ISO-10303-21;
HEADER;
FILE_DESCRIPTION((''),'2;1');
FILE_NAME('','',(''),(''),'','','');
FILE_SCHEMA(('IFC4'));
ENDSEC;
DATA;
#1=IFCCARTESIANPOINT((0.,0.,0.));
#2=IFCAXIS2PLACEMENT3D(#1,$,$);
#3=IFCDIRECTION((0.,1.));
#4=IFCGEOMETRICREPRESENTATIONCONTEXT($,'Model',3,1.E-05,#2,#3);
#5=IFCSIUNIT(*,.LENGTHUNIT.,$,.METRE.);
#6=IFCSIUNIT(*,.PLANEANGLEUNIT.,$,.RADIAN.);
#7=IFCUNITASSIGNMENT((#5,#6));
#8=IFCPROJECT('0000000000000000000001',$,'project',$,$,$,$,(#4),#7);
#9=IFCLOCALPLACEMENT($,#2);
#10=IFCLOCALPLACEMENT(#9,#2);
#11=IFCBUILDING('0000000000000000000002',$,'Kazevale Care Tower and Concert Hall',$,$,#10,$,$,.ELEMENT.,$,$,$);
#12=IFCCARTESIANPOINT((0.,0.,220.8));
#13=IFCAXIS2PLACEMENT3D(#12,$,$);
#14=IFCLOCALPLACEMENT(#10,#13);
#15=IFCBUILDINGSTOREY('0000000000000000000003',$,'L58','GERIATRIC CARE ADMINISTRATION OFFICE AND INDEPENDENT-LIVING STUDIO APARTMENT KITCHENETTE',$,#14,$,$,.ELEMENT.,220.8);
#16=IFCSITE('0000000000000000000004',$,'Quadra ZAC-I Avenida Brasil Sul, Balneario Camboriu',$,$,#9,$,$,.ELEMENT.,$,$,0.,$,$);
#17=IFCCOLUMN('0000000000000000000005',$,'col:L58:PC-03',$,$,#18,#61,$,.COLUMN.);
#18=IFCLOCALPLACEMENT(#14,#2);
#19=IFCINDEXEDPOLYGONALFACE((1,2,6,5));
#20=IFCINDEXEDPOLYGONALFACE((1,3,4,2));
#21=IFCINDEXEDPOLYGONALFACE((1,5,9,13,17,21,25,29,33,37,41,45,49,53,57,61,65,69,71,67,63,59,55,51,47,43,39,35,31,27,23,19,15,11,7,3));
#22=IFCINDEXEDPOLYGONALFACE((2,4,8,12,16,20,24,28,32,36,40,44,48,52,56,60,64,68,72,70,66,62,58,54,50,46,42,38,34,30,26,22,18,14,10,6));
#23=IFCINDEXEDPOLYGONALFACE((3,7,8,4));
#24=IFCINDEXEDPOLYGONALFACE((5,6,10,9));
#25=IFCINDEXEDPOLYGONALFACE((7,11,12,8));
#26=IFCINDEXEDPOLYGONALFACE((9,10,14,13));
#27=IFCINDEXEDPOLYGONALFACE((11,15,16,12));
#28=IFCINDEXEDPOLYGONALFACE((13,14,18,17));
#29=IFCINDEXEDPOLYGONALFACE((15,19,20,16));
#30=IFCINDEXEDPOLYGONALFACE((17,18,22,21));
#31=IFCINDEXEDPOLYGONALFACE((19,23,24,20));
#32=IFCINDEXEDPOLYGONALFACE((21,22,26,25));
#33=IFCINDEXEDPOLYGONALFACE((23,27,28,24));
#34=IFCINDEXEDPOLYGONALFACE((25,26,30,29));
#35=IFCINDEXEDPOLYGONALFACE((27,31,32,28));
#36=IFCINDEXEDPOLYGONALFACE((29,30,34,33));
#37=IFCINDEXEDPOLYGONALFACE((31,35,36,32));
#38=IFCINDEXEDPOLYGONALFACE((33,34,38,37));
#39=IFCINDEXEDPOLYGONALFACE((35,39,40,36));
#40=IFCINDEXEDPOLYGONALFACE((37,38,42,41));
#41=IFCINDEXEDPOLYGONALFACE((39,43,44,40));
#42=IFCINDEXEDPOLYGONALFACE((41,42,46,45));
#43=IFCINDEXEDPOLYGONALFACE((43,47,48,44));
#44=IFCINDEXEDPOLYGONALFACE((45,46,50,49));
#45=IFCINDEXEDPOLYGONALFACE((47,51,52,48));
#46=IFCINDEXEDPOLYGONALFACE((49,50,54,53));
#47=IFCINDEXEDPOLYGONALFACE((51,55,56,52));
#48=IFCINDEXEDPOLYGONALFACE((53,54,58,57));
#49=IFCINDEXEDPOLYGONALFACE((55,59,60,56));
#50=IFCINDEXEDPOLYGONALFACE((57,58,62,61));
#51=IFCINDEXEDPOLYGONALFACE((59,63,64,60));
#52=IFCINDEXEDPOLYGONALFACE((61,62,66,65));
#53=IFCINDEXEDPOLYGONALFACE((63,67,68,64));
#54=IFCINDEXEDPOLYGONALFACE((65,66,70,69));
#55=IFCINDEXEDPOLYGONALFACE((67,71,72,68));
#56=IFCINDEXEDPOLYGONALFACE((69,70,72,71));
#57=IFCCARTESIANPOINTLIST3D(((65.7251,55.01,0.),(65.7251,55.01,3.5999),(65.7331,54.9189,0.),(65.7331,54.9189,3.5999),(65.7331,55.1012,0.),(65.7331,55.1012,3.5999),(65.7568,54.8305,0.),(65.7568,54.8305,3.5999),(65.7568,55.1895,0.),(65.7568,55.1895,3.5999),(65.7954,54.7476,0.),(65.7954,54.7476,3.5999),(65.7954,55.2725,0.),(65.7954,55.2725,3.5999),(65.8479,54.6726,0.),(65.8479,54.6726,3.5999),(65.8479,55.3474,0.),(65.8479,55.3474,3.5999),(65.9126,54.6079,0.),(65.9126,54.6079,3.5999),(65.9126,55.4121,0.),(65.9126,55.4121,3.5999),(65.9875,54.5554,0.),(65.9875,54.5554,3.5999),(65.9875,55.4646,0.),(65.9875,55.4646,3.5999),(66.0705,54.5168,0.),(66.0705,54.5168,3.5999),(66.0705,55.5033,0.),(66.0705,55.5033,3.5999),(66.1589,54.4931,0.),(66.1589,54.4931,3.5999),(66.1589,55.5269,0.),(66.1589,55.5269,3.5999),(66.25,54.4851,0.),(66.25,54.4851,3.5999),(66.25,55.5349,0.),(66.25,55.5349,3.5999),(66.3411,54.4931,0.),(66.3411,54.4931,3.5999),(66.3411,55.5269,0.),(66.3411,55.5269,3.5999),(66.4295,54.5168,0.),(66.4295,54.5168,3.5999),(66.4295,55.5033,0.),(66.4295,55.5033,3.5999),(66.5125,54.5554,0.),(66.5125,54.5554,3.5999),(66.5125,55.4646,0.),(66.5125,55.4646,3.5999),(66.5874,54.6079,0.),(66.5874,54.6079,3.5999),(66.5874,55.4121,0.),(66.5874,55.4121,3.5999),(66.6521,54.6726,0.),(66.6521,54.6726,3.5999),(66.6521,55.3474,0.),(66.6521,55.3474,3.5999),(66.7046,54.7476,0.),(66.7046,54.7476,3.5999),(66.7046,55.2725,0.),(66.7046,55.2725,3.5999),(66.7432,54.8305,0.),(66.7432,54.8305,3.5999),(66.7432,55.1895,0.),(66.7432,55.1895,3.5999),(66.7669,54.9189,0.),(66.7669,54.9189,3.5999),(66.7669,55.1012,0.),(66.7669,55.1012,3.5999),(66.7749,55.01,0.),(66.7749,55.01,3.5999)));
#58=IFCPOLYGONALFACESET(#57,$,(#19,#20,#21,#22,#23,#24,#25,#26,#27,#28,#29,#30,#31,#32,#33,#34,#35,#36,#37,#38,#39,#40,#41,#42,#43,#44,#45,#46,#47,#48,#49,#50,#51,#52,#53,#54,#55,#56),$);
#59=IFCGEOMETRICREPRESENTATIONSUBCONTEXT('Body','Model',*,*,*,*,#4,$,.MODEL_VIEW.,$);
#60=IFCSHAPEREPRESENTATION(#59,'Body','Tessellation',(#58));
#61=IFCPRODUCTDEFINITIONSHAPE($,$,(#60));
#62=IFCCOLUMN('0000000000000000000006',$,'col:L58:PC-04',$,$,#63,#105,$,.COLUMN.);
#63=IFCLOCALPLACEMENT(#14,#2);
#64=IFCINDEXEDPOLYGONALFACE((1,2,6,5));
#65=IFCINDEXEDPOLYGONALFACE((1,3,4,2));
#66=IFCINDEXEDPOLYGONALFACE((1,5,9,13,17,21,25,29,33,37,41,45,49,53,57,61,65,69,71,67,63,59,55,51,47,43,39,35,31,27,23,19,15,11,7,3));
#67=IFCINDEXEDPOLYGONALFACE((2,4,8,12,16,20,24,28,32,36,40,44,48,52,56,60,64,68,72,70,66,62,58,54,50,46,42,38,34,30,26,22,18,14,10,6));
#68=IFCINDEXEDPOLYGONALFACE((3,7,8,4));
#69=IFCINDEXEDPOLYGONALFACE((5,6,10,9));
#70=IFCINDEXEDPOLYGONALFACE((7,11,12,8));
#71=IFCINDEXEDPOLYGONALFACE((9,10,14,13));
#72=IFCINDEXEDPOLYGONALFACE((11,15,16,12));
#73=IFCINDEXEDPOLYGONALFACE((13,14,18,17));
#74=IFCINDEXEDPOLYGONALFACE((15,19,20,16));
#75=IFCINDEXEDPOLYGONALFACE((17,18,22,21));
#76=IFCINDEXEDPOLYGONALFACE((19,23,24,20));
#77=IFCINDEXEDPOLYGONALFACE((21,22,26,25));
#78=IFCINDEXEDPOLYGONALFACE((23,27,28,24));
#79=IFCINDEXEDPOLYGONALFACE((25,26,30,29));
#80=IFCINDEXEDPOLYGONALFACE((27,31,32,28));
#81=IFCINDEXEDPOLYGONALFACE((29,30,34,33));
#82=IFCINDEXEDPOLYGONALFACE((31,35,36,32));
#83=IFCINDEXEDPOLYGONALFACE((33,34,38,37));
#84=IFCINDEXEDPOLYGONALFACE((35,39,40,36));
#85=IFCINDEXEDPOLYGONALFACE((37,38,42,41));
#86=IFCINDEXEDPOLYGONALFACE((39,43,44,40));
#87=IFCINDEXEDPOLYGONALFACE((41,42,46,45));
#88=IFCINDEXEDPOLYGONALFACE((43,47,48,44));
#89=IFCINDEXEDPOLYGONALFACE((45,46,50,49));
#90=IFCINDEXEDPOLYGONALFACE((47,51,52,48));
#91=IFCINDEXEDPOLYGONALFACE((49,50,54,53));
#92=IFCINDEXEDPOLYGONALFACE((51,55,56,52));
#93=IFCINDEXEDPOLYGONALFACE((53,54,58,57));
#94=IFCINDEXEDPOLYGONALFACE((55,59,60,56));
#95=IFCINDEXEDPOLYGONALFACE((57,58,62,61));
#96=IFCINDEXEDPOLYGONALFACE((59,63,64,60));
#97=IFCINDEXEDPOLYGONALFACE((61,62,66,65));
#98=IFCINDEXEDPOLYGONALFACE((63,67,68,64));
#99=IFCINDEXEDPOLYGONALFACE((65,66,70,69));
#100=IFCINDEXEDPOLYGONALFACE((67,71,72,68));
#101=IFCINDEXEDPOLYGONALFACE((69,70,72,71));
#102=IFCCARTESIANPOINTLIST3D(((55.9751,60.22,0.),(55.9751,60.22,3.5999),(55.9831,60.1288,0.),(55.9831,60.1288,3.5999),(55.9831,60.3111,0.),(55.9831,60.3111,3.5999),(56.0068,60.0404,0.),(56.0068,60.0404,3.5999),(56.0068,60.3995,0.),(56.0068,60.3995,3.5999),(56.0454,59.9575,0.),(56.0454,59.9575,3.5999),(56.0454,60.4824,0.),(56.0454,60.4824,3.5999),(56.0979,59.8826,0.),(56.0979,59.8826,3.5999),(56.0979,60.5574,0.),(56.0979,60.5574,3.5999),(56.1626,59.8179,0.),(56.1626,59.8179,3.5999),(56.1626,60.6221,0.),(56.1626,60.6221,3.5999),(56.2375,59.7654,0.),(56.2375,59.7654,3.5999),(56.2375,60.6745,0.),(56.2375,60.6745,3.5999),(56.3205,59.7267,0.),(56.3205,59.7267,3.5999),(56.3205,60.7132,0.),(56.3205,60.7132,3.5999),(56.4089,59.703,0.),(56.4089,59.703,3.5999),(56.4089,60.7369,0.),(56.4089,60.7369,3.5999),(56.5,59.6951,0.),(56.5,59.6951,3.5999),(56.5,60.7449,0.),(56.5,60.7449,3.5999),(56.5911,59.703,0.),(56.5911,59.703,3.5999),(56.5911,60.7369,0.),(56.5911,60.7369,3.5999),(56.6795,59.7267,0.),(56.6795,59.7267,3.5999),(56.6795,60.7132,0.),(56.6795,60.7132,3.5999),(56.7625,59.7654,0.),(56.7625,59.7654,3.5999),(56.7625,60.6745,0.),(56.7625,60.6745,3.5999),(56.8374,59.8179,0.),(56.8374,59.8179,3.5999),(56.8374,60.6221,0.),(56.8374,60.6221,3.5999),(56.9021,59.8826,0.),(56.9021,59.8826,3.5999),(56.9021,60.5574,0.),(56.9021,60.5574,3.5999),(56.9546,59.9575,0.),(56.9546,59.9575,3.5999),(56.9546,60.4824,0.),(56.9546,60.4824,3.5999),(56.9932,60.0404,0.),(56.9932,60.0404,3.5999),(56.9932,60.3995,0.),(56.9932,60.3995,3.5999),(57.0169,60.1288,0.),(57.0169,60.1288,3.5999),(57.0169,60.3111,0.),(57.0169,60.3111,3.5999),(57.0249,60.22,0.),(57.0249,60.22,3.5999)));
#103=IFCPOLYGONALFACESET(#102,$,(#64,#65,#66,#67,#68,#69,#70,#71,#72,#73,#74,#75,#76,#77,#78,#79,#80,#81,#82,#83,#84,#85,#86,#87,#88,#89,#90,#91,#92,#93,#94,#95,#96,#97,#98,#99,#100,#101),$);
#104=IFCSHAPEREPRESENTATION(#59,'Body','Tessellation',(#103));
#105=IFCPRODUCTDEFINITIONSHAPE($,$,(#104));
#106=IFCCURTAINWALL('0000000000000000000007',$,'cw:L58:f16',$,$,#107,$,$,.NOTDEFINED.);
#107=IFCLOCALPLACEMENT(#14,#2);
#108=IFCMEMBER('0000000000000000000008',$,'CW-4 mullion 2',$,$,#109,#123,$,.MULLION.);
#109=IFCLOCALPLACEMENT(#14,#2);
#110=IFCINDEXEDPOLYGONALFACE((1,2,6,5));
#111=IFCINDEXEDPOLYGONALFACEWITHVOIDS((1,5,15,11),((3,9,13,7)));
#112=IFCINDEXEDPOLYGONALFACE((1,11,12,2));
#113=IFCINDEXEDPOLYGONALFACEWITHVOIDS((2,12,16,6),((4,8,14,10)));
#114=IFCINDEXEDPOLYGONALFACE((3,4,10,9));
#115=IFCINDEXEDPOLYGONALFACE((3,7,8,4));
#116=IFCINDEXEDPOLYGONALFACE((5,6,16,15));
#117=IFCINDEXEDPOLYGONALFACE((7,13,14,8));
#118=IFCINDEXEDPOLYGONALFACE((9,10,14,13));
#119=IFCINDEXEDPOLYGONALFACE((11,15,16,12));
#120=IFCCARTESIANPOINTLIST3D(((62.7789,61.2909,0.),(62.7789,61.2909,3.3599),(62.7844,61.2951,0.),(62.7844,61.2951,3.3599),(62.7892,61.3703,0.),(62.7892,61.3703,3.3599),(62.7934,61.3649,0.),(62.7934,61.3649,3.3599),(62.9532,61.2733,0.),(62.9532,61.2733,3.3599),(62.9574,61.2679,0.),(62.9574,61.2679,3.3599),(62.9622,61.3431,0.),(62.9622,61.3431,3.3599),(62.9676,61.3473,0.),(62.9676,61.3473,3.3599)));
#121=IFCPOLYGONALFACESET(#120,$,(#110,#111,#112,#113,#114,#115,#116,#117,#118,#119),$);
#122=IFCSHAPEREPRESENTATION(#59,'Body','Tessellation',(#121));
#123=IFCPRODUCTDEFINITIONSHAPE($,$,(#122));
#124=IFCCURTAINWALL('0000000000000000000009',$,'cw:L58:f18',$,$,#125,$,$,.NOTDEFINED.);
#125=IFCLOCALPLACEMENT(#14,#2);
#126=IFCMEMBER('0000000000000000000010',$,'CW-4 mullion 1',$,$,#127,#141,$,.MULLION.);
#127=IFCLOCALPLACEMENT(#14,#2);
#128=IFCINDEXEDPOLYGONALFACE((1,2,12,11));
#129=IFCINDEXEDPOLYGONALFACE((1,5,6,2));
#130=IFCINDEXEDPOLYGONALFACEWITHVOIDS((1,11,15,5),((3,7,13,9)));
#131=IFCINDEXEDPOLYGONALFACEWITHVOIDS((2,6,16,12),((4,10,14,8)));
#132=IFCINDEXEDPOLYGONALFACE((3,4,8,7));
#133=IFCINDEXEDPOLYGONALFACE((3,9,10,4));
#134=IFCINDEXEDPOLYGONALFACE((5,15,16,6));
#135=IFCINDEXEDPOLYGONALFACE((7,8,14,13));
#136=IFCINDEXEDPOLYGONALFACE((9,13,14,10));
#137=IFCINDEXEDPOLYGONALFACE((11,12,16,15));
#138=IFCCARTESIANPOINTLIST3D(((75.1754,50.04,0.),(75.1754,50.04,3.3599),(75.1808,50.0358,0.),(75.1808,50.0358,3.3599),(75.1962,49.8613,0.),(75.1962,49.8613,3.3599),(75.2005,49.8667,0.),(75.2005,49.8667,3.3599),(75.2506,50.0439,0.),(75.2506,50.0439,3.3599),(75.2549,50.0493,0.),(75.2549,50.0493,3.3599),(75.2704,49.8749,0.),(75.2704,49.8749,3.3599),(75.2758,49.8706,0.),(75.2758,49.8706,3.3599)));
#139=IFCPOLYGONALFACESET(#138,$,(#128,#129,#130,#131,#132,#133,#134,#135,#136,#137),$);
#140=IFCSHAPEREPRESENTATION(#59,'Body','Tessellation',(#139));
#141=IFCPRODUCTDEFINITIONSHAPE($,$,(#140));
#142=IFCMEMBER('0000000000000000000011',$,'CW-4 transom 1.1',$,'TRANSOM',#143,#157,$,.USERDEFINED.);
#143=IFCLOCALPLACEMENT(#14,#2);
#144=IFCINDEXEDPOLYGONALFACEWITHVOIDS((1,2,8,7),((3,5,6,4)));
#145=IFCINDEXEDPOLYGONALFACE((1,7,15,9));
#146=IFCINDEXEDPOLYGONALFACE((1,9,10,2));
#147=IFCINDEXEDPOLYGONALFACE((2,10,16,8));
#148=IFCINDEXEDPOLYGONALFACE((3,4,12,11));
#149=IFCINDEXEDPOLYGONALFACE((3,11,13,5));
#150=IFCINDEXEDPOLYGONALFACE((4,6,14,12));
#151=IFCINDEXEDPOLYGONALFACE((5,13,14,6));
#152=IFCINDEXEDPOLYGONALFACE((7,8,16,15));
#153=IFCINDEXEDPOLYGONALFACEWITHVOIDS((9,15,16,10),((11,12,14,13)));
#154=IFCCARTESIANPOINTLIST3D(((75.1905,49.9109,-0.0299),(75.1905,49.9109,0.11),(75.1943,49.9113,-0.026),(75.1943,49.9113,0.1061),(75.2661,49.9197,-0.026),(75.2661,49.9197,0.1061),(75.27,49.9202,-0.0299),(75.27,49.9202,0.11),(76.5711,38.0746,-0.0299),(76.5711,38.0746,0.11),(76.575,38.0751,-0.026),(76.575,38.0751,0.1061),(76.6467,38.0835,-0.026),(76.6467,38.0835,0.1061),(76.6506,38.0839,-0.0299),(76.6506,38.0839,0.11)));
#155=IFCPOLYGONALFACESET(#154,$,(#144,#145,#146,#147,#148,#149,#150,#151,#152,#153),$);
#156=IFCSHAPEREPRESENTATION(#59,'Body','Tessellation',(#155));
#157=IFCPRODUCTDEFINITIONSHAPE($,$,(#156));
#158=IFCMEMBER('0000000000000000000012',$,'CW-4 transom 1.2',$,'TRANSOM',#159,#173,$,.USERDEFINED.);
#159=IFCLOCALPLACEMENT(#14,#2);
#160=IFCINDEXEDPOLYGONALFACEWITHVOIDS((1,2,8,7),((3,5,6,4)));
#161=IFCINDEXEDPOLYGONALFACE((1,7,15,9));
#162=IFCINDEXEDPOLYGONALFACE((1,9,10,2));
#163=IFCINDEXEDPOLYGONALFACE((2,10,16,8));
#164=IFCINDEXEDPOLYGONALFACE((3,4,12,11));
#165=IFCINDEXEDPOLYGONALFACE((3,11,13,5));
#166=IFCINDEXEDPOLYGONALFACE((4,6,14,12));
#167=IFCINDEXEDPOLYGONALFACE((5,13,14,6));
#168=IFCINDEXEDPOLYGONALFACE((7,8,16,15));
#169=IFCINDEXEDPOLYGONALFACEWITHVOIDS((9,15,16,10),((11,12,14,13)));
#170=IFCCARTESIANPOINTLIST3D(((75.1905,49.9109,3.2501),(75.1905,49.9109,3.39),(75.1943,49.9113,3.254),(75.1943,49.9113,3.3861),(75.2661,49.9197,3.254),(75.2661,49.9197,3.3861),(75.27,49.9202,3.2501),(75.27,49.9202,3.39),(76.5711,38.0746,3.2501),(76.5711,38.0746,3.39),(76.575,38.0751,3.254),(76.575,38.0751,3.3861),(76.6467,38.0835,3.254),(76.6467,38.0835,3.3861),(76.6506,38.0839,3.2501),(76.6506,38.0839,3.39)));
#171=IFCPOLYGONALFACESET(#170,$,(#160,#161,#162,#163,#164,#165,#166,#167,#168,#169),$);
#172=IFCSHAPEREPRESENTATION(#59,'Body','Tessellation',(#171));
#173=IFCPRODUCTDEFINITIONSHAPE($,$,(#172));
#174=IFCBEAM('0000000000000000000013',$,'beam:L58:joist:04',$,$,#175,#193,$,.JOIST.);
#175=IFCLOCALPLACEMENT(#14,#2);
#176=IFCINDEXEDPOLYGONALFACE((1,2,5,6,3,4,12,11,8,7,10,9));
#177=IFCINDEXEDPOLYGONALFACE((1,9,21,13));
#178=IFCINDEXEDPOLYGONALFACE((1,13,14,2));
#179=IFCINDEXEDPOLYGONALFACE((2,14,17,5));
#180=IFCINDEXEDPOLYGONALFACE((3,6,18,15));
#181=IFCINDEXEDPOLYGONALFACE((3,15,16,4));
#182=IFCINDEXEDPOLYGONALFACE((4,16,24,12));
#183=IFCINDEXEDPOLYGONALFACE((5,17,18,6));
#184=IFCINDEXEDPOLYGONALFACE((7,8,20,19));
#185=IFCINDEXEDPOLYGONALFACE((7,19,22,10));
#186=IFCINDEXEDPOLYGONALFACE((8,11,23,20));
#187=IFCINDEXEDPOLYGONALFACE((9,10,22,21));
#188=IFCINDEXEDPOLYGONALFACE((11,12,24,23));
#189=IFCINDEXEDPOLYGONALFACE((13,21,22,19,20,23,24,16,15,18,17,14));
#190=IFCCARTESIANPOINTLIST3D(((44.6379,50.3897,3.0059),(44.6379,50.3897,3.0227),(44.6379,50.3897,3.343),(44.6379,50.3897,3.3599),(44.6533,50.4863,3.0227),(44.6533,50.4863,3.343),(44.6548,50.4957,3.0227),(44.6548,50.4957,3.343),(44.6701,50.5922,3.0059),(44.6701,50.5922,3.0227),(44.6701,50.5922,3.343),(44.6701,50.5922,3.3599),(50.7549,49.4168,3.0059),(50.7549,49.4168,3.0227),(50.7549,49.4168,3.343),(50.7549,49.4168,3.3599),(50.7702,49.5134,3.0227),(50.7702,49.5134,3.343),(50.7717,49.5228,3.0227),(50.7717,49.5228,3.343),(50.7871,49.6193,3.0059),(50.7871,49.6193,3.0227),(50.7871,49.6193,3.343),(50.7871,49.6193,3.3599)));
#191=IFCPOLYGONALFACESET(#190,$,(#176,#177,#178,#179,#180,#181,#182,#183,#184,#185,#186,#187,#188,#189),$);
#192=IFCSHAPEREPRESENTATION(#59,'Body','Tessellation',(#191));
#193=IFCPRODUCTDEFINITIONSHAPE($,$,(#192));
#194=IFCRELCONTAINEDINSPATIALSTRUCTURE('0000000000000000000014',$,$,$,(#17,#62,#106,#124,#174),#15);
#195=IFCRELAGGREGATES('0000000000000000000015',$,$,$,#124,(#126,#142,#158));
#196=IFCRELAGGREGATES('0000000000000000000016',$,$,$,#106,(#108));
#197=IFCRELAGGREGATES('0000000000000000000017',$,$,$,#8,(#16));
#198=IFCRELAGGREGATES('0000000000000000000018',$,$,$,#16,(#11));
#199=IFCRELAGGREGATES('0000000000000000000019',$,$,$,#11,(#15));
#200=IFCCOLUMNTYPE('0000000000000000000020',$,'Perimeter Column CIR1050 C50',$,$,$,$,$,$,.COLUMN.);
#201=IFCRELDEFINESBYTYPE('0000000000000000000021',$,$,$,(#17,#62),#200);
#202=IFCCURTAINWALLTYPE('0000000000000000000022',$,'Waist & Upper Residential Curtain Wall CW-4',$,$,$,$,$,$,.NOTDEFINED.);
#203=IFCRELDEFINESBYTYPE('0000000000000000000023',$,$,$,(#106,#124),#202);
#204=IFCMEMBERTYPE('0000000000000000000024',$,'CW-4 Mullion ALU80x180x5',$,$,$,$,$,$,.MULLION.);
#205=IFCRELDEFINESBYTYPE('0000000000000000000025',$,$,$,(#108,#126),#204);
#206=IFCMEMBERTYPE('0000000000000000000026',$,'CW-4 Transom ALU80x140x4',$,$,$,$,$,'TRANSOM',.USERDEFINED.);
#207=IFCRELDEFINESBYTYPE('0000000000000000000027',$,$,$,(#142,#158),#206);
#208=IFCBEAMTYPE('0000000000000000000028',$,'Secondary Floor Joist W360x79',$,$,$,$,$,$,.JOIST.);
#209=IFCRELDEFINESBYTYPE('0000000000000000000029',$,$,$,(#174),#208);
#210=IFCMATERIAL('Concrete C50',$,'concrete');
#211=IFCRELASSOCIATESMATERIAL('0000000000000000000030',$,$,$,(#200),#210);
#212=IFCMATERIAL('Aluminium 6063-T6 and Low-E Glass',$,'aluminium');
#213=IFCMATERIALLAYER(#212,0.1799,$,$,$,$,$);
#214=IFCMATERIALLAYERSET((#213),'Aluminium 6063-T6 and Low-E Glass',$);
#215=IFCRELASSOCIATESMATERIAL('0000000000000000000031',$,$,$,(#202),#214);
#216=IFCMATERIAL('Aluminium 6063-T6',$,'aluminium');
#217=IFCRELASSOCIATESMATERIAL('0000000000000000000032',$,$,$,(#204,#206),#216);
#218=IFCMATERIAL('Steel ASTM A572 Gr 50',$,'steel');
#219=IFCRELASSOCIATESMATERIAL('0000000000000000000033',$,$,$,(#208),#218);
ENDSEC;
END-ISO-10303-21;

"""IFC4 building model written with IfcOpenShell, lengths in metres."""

from ifc_helpers import new_model, si_unit, direction, frame, origin, origin_2d, place, context, subcontext, project, spatial, hollow_rectangle, circle, i_section, extrude, material, layer, layer_set, material_profile, profile_set, type_object, element, aggregate, save


model = new_model("IFC4")

# Units and contexts
model_context = context("Model", 3, precision=1e-05, world=origin(), true_north=direction((0.0, 1.0)))
body_context = subcontext(model_context, "Body", "Model", "MODEL_VIEW")
ifc_project = project(units=[si_unit("LENGTHUNIT", "METRE"), si_unit("PLANEANGLEUNIT", "RADIAN")], contexts=[model_context])

# Site, building, storey
site_placement = place(None, origin())
site = spatial("IfcSite", under=ifc_project, at=site_placement, Name="Quadra ZAC-I Avenida Brasil Sul, Balneario Camboriu", CompositionType="ELEMENT", RefElevation=0.0)
building_placement = place(site_placement, origin())
building = spatial("IfcBuilding", under=site, at=building_placement, Name="Kazevale Care Tower and Concert Hall", CompositionType="ELEMENT")
storey_placement = place(building_placement, frame((0.0, 0.0, 220.8)))
storey = spatial("IfcBuildingStorey", under=building, at=storey_placement, Name="L58", Description="GERIATRIC CARE ADMINISTRATION OFFICE AND INDEPENDENT-LIVING STUDIO APARTMENT KITCHENETTE", CompositionType="ELEMENT", Elevation=220.8)

# Columns
ifc_material_1 = material(Name="Concrete C50", Category="concrete")
ifc_material_profile_1 = material_profile(ifc_material_1, circle(Radius=0.5249, at=origin_2d()), Name="RC-CIR1050")
ifc_profile_set_1 = profile_set([ifc_material_profile_1], Name="Concrete C50")
column_type = type_object("IfcColumnType", Name="Perimeter Column CIR1050 C50", PredefinedType="COLUMN", material=ifc_profile_set_1)
for number, where, z_axis, x_axis, name in (
    (1, (66.25, 55.01, 0.0), (0.0, 0.0, 1.0), (1.0, 0.0, 0.0), "col:L58:PC-03"),
    (2, (56.5, 60.22, 0.0), (0.0, 0.0, 1.0), (1.0, 0.0, 0.0), "col:L58:PC-04"),
):
    element("IfcColumn", number, at=place(storey_placement, frame(where, z_axis=z_axis, x_axis=x_axis)), inside=storey, type_object=column_type, Name=name, PredefinedType="COLUMN", context=body_context, shape_type="SweptSolid", body=[
        extrude(circle(Radius=0.5249, at=origin_2d()), origin(), (0.0, 0.0, 1.0), 3.5999),
    ])

# Curtain wall, member
ifc_material_2 = material(Name="Aluminium 6063-T6 and Low-E Glass", Category="aluminium")
ifc_layer_1 = layer(ifc_material_2, 0.1799)
ifc_layer_set_1 = layer_set([ifc_layer_1], Name="Aluminium 6063-T6 and Low-E Glass")
curtain_wall_type = type_object("IfcCurtainWallType", Name="Waist & Upper Residential Curtain Wall CW-4", PredefinedType="NOTDEFINED", material=ifc_layer_set_1)
curtain_wall_1_placement = place(storey_placement, origin())
curtain_wall_1 = element("IfcCurtainWall", 3, at=curtain_wall_1_placement, inside=storey, type_object=curtain_wall_type, Name="cw:L58:f16", PredefinedType="NOTDEFINED")
ifc_material_3 = material(Name="Aluminium 6063-T6", Category="aluminium")
ifc_material_profile_2 = material_profile(ifc_material_3, hollow_rectangle(XDim=0.0801, YDim=0.1799, WallThickness=0.0049, at=origin_2d()), Name="ALU80x180x5")
ifc_profile_set_2 = profile_set([ifc_material_profile_2], Name="Aluminium 6063-T6")
member_type_1 = type_object("IfcMemberType", Name="CW-4 Mullion ALU80x180x5", PredefinedType="MULLION", material=ifc_profile_set_2)
member_1_placement = place(storey_placement, frame((62.8733, 61.3191, 0.0), z_axis=(0.0, 0.0, 1.0), x_axis=(0.128098, 0.991761, 0.0)))
member_1 = element("IfcMember", 4, at=member_1_placement, type_object=member_type_1, Name="CW-4 mullion 2", PredefinedType="MULLION", context=body_context, shape_type="SweptSolid", body=[
    extrude(hollow_rectangle(XDim=0.0801, YDim=0.1799, WallThickness=0.0049, at=origin_2d()), origin(), (0.0, 0.0, 1.0), 3.3599),
])

# Curtain wall, members
curtain_wall_2_placement = place(storey_placement, origin())
curtain_wall_2 = element("IfcCurtainWall", 5, at=curtain_wall_2_placement, inside=storey, type_object=curtain_wall_type, Name="cw:L58:f18", PredefinedType="NOTDEFINED")
member_2_placement = place(storey_placement, frame((75.2256, 49.9553, 0.0), z_axis=(0.0, 0.0, 1.0), x_axis=(0.993267, 0.115847, 0.0)))
member_2 = element("IfcMember", 6, at=member_2_placement, type_object=member_type_1, Name="CW-4 mullion 1", PredefinedType="MULLION", context=body_context, shape_type="SweptSolid", body=[
    extrude(hollow_rectangle(XDim=0.0801, YDim=0.1799, WallThickness=0.0049, at=origin_2d()), origin(), (0.0, 0.0, 1.0), 3.3599),
])
ifc_material_profile_3 = material_profile(ifc_material_3, hollow_rectangle(XDim=0.0801, YDim=0.1399, WallThickness=0.0039, at=origin_2d()), Name="ALU80x140x4")
ifc_profile_set_3 = profile_set([ifc_material_profile_3], Name="Aluminium 6063-T6")
member_type_2 = type_object("IfcMemberType", Name="CW-4 Transom ALU80x140x4", ElementType="TRANSOM", PredefinedType="USERDEFINED", material=ifc_profile_set_3)
member_3_placement = place(storey_placement, frame((75.2302, 49.9155, 0.04), z_axis=(0.115858, -0.993266, 0.0), x_axis=(0.993266, 0.115858, 0.0)))
member_3 = element("IfcMember", 7, at=member_3_placement, type_object=member_type_2, Name="CW-4 transom 1.1", ObjectType="TRANSOM", PredefinedType="USERDEFINED", context=body_context, shape_type="SweptSolid", body=[
    extrude(hollow_rectangle(XDim=0.0801, YDim=0.1399, WallThickness=0.0039, at=origin_2d()), origin(), (0.0, 0.0, 1.0), 11.9165),
])
member_4_placement = place(storey_placement, frame((75.2302, 49.9155, 3.3201), z_axis=(0.115858, -0.993266, 0.0), x_axis=(0.993266, 0.115858, 0.0)))
member_4 = element("IfcMember", 8, at=member_4_placement, type_object=member_type_2, Name="CW-4 transom 1.2", ObjectType="TRANSOM", PredefinedType="USERDEFINED", context=body_context, shape_type="SweptSolid", body=[
    extrude(hollow_rectangle(XDim=0.0801, YDim=0.1399, WallThickness=0.0039, at=origin_2d()), origin(), (0.0, 0.0, 1.0), 11.9165),
])
aggregate(curtain_wall_2, [member_2, member_3, member_4])

# Beam
ifc_material_4 = material(Name="Steel ASTM A572 Gr 50", Category="steel")
ifc_material_profile_4 = material_profile(ifc_material_4, i_section(OverallWidth=0.2051, OverallDepth=0.354, WebThickness=0.0095, FlangeThickness=0.0168, at=origin_2d()), Name="W360x79")
ifc_profile_set_4 = profile_set([ifc_material_profile_4], Name="Steel ASTM A572 Gr 50")
beam_type_1 = type_object("IfcBeamType", Name="Secondary Floor Joist W360x79", PredefinedType="JOIST", material=ifc_profile_set_4)
beam_1_placement = place(storey_placement, frame((50.771, 49.5181, 3.1829), z_axis=(-0.987587, 0.157076, 0.0), x_axis=(-0.157076, -0.987587, 0.0)))
element("IfcBeam", 9, at=beam_1_placement, inside=storey, type_object=beam_type_1, Name="beam:L58:joist:04", PredefinedType="JOIST", context=body_context, shape_type="SweptSolid", body=[
    extrude(i_section(OverallWidth=0.2051, OverallDepth=0.354, WebThickness=0.0095, FlangeThickness=0.0168, at=origin_2d()), origin(), (0.0, 0.0, 1.0), 6.1938),
])

aggregate(curtain_wall_1, [member_1])

save(model, "model.ifc")
